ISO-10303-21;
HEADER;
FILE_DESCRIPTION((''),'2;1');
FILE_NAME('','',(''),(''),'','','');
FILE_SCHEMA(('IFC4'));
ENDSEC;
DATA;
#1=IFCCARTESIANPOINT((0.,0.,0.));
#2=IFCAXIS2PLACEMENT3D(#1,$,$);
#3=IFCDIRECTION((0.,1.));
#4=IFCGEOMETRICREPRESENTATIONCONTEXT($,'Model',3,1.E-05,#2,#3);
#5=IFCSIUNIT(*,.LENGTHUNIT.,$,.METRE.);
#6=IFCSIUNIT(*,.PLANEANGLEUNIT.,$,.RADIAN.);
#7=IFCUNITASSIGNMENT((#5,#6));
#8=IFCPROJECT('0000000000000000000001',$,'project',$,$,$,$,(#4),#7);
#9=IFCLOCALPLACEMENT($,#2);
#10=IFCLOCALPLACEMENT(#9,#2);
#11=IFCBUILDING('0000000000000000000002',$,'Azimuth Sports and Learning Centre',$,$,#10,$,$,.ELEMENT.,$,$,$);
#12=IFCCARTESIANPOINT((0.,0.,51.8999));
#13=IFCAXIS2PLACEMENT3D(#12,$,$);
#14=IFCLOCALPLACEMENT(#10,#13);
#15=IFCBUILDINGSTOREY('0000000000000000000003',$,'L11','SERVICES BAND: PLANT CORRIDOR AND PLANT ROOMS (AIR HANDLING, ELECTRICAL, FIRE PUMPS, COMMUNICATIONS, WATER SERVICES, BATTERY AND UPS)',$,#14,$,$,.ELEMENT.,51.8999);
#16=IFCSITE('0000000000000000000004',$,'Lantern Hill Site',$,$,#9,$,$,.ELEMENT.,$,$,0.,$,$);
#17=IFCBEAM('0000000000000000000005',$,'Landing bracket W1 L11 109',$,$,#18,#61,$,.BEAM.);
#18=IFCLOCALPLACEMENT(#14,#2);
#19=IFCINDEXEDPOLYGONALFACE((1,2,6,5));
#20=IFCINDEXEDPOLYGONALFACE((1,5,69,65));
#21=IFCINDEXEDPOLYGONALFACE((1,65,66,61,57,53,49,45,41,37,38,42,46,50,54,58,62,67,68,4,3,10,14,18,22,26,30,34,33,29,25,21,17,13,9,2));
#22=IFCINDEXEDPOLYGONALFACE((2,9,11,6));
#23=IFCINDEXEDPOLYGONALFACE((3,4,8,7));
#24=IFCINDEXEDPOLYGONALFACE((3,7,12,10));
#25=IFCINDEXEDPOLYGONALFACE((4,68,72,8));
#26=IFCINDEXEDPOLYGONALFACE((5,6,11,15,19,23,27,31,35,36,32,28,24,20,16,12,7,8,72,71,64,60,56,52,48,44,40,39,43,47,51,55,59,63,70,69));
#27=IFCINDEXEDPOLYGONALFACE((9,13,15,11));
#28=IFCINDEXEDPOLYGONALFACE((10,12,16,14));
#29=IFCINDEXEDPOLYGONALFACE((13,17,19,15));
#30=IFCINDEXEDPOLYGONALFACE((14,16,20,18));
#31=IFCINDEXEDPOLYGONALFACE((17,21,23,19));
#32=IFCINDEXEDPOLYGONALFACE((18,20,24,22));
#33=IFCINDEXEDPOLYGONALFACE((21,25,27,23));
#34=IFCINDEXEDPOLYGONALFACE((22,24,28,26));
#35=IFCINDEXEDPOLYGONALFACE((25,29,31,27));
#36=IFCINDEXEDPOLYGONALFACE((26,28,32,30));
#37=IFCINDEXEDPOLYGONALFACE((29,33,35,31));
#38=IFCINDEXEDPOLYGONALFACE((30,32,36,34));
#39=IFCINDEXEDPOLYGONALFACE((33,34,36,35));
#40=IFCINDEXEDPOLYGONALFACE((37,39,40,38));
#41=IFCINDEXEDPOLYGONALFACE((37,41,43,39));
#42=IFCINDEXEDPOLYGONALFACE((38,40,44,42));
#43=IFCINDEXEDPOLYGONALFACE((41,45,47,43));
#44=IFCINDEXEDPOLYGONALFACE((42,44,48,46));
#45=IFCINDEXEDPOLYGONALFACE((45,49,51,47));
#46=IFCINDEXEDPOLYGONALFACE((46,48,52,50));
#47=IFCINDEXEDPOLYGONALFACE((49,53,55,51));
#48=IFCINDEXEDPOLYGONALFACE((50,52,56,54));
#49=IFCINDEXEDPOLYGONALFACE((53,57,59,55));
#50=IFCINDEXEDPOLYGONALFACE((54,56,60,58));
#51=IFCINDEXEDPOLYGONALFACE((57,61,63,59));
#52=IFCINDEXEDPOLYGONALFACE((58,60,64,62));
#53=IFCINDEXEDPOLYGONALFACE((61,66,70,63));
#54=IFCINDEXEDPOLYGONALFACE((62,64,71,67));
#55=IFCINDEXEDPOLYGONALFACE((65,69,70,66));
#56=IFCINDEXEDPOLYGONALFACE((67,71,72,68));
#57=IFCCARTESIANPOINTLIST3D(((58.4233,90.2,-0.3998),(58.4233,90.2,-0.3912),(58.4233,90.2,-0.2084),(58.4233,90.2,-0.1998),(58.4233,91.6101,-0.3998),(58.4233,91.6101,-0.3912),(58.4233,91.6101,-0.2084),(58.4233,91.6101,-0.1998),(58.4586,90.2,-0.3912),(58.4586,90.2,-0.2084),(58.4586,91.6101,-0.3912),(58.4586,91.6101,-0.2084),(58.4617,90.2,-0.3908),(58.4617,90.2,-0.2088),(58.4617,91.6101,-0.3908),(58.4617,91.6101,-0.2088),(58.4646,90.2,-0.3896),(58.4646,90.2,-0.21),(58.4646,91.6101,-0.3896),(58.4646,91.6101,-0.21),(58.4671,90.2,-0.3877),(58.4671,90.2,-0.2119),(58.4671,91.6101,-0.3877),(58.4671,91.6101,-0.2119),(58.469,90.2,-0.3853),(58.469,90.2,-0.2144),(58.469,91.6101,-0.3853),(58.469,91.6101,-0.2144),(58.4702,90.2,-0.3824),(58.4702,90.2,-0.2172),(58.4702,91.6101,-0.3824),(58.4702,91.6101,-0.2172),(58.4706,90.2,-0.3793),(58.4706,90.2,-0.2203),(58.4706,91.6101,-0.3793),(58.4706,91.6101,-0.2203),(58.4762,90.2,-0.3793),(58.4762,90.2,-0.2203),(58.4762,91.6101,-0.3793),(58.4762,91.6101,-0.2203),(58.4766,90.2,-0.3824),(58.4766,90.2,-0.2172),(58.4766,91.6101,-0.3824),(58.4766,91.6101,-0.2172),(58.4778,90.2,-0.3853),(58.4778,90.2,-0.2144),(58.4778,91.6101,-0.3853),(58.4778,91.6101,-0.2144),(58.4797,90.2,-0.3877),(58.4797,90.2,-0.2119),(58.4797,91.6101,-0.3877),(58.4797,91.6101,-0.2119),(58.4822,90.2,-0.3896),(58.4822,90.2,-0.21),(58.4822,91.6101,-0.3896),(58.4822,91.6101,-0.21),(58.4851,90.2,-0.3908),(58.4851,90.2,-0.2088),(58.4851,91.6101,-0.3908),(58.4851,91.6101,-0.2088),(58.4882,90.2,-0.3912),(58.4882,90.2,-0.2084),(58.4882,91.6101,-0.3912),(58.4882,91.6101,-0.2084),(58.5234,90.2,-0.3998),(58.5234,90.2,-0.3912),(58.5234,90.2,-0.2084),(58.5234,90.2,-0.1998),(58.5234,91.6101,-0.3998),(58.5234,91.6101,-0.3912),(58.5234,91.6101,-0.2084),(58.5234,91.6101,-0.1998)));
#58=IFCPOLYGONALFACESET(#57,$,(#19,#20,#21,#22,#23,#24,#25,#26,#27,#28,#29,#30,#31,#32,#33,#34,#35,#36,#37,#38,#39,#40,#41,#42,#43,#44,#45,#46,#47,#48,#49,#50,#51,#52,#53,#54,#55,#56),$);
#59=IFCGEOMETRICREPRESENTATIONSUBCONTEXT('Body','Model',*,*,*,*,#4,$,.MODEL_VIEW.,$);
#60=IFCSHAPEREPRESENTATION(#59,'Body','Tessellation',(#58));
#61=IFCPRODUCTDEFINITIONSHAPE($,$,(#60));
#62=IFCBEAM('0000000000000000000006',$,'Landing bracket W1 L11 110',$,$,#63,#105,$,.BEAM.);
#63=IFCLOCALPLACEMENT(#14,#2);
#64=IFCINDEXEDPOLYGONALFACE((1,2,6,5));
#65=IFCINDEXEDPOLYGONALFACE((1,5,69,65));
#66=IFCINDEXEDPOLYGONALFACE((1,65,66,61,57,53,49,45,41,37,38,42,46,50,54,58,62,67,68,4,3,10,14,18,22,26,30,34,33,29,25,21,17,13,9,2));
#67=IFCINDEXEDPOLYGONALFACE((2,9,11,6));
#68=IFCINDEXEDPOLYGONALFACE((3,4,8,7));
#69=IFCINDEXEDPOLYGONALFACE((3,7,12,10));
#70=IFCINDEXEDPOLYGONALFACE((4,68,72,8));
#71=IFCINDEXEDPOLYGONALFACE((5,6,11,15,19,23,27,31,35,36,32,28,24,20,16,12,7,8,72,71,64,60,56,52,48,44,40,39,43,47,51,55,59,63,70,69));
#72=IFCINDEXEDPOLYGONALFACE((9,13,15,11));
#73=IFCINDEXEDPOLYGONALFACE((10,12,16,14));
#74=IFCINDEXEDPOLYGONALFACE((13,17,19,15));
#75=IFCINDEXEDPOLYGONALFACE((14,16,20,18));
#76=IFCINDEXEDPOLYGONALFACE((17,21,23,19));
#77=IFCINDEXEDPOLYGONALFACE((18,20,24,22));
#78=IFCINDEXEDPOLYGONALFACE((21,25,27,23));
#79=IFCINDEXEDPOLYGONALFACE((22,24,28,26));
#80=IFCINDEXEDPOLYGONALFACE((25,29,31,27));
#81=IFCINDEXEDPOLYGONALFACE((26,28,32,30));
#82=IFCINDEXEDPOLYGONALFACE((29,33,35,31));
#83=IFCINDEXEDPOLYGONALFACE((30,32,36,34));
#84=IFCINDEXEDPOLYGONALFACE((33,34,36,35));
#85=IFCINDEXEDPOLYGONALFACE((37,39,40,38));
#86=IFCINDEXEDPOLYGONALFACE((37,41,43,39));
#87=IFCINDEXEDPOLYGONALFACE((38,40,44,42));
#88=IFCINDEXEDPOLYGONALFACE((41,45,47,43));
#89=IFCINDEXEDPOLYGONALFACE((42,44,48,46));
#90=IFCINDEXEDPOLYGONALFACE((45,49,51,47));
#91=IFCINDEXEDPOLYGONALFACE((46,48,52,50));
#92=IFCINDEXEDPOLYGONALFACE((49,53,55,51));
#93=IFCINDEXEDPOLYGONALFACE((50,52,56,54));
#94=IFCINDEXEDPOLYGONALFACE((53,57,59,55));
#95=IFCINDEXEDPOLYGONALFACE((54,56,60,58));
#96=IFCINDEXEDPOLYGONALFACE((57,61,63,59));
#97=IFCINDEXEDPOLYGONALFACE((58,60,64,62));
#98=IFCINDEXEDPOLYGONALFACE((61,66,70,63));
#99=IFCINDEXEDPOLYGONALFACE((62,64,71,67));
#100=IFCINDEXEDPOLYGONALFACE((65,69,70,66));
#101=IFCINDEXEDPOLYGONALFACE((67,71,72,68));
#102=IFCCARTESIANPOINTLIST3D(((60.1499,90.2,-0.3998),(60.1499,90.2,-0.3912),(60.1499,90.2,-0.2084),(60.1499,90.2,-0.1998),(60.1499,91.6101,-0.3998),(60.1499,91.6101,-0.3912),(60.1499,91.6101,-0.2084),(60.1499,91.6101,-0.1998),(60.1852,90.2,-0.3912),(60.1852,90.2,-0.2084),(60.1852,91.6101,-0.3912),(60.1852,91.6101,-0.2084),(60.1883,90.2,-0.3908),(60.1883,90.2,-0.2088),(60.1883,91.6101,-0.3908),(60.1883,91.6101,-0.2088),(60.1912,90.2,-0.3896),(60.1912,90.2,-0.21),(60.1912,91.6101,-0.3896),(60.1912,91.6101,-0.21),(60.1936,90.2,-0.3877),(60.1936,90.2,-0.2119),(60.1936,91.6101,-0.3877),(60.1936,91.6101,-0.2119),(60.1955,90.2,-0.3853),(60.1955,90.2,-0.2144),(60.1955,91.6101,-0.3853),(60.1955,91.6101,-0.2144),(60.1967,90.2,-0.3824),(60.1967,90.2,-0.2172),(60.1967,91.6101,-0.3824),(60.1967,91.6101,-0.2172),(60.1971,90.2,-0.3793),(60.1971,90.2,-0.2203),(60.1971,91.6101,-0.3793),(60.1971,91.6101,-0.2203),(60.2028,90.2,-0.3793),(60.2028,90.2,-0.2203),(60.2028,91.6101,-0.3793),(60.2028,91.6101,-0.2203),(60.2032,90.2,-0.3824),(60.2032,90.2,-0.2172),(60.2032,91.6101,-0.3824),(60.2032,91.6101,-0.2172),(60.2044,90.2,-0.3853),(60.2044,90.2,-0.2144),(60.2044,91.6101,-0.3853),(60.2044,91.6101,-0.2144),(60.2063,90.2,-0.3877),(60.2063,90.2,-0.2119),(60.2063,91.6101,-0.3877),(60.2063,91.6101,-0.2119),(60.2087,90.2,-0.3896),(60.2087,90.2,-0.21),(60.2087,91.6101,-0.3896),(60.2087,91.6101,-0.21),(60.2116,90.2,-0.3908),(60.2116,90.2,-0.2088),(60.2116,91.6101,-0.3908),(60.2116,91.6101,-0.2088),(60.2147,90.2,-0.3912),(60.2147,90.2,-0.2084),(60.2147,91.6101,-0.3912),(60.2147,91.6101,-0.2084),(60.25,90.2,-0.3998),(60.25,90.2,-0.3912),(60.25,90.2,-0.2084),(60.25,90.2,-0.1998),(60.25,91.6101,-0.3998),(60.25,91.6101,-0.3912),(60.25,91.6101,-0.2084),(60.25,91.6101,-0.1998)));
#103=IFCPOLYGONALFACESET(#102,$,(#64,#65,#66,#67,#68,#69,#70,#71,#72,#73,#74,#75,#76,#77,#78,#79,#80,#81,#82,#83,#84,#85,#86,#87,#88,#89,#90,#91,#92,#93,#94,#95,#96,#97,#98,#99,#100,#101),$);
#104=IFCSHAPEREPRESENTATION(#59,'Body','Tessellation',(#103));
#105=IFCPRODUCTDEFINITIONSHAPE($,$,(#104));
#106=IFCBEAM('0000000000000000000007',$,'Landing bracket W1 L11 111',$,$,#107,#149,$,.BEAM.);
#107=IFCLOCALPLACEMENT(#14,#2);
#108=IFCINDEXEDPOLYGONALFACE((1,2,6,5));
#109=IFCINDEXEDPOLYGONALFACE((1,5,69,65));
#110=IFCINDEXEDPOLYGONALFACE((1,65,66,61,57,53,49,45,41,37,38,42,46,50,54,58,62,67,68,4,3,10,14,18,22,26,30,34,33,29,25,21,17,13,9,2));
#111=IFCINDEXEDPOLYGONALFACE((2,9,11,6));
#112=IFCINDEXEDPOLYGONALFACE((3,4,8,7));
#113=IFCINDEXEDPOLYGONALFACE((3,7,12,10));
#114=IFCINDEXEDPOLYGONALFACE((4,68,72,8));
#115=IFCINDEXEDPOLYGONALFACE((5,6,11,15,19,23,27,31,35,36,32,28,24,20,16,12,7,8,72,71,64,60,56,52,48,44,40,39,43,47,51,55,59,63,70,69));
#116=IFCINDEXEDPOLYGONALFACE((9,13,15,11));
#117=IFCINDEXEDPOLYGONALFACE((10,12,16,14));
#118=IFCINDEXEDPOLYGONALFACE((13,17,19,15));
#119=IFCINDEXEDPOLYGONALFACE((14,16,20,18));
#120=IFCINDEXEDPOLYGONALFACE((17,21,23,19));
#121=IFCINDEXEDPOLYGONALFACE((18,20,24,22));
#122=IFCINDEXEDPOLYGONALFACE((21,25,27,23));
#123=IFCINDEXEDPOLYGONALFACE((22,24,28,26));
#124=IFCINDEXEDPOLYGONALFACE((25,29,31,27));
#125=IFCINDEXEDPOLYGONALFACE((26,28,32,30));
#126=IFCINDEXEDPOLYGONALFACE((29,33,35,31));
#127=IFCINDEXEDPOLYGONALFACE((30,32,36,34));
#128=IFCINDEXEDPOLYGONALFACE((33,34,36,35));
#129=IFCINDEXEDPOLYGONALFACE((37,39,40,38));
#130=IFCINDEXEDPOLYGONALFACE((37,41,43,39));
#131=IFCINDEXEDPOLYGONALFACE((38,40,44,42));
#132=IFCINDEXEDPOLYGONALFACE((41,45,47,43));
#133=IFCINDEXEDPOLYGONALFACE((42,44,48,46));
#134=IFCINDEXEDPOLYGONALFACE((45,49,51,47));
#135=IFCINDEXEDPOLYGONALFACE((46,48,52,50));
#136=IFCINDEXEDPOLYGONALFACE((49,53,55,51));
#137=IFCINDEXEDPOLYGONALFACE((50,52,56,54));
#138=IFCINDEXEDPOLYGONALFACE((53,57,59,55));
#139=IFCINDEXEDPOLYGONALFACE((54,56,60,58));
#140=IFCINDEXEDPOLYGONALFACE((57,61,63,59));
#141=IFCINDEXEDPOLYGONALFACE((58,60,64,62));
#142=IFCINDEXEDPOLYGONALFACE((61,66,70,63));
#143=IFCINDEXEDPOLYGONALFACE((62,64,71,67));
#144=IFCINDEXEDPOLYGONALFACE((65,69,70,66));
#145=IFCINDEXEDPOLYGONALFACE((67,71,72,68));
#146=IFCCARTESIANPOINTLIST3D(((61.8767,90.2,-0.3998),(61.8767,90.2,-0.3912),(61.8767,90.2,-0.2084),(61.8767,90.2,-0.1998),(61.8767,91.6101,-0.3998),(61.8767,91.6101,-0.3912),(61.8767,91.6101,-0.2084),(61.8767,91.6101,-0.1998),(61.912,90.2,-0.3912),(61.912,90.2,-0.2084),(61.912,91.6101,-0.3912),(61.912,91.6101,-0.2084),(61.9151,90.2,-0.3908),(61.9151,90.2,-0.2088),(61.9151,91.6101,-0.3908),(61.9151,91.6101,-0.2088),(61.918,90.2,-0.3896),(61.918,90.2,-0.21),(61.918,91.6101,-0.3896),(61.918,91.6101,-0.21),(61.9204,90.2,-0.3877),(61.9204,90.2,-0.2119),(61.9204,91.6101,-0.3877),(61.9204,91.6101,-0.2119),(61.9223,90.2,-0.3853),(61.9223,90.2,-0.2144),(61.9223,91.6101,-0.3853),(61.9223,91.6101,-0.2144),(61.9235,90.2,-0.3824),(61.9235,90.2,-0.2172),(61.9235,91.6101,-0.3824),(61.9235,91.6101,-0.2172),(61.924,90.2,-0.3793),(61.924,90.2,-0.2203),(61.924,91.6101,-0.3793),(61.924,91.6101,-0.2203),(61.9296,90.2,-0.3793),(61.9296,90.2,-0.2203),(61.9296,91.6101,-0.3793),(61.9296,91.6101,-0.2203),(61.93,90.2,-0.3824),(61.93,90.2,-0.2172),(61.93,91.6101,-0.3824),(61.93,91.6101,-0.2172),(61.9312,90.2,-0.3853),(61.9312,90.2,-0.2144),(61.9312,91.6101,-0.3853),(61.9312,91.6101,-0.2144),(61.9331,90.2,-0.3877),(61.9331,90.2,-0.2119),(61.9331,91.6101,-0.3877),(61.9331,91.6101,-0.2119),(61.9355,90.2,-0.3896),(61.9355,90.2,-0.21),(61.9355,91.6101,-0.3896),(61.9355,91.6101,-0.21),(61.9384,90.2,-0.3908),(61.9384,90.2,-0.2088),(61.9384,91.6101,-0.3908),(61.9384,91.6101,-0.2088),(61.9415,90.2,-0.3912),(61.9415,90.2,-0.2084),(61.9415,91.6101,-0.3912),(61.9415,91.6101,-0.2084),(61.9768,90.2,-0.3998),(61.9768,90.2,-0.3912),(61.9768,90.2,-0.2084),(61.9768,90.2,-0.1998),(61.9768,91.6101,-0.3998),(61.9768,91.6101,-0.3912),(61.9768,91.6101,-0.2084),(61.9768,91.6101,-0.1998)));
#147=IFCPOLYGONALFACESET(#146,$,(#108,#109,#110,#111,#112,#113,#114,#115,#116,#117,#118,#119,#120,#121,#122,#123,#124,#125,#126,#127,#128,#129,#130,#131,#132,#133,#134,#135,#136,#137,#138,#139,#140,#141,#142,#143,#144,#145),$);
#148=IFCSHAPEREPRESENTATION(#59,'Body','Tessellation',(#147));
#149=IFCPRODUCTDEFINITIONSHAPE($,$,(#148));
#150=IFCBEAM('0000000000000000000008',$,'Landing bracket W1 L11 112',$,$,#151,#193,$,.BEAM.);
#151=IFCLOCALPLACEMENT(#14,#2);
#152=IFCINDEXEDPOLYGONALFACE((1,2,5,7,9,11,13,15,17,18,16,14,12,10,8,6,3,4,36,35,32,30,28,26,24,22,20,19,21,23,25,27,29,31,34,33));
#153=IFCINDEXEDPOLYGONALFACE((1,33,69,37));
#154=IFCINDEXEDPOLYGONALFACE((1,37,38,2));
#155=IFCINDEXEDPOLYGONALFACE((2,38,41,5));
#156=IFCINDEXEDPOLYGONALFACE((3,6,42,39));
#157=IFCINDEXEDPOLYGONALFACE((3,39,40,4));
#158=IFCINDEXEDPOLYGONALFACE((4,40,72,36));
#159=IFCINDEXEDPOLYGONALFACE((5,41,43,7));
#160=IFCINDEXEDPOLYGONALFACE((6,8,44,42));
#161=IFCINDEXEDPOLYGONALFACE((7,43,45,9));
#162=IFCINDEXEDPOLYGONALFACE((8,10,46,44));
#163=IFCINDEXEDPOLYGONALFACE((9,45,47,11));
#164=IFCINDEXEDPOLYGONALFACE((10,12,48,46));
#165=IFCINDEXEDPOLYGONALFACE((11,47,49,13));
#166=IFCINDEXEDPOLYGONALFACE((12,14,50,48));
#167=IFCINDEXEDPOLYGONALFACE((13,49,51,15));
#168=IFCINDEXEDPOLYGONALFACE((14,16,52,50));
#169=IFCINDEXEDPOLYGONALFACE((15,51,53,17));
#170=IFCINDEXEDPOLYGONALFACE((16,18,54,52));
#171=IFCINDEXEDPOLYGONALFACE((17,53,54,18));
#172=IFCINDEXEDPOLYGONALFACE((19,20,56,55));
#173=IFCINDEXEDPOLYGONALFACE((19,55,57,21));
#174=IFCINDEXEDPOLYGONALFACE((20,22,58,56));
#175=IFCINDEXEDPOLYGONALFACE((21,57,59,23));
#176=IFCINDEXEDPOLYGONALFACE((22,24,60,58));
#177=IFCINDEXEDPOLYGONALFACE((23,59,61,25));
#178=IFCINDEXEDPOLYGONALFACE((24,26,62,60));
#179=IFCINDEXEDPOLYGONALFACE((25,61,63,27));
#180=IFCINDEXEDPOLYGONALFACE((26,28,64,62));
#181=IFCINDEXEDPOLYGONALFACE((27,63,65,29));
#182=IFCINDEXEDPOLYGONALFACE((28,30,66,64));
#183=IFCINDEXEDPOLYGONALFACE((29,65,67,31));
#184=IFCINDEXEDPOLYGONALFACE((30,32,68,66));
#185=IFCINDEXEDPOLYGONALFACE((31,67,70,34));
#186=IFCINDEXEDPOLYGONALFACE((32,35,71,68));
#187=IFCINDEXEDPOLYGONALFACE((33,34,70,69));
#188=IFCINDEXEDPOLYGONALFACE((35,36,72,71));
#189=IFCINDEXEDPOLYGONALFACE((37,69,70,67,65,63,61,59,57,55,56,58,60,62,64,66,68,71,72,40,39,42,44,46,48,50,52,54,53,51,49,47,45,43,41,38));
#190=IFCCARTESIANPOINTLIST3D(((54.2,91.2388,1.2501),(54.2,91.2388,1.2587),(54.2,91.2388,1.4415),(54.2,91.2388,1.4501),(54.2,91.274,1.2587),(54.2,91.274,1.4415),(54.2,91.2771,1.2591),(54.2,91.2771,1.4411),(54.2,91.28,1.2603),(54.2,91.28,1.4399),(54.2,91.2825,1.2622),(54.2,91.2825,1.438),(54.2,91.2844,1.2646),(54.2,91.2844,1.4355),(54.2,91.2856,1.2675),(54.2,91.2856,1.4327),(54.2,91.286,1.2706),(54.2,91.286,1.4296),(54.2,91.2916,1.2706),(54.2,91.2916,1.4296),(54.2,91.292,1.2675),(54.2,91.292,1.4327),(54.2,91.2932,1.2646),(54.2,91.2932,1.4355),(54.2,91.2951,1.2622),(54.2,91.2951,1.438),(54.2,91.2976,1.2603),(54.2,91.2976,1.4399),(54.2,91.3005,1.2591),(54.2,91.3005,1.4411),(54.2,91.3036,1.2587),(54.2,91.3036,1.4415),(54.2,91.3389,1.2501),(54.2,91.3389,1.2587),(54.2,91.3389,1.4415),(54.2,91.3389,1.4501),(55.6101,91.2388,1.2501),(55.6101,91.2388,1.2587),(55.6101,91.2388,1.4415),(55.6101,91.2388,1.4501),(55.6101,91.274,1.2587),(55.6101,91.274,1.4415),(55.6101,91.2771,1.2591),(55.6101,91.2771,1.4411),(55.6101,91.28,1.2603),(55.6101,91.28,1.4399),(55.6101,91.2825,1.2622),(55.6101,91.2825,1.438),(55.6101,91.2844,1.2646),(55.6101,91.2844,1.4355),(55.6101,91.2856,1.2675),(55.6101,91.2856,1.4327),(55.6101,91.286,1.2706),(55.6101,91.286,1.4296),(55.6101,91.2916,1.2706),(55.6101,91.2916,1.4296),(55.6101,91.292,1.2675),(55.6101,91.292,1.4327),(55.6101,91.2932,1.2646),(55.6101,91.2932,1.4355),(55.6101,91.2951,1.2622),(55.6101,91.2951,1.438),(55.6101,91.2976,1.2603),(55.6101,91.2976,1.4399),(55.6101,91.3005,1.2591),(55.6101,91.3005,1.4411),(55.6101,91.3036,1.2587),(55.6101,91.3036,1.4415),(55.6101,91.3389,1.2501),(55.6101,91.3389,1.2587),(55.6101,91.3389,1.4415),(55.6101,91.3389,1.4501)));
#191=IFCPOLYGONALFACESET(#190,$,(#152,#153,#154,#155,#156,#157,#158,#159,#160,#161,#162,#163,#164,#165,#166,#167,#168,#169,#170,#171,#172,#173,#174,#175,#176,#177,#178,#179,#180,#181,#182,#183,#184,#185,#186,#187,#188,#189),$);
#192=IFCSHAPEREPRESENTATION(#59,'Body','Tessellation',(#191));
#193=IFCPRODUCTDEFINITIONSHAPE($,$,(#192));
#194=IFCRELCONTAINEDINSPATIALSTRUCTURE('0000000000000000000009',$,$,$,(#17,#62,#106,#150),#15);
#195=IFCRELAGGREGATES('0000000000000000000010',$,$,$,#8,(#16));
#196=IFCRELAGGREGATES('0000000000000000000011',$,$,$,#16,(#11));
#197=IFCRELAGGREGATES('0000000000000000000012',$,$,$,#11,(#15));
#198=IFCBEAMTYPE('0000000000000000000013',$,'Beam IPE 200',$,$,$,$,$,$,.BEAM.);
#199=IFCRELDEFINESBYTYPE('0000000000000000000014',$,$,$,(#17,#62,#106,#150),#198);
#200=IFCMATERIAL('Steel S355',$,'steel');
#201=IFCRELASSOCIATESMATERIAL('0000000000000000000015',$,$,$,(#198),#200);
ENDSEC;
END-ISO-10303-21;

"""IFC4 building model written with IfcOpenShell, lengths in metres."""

from ifc_helpers import new_model, si_unit, direction, frame, origin, origin_2d, place, context, subcontext, project, spatial, i_section, extrude, material, material_profile, profile_set, type_object, element, save


model = new_model("IFC4")

# Units and contexts
model_context = context("Model", 3, precision=1e-05, world=origin(), true_north=direction((0.0, 1.0)))
body_context = subcontext(model_context, "Body", "Model", "MODEL_VIEW")
ifc_project = project(units=[si_unit("LENGTHUNIT", "METRE"), si_unit("PLANEANGLEUNIT", "RADIAN")], contexts=[model_context])

# Site, building, storey
site_placement = place(None, origin())
site = spatial("IfcSite", under=ifc_project, at=site_placement, Name="Lantern Hill Site", CompositionType="ELEMENT", RefElevation=0.0)
building_placement = place(site_placement, origin())
building = spatial("IfcBuilding", under=site, at=building_placement, Name="Azimuth Sports and Learning Centre", CompositionType="ELEMENT")
storey_placement = place(building_placement, frame((0.0, 0.0, 51.8999)))
storey = spatial("IfcBuildingStorey", under=building, at=storey_placement, Name="L11", Description="SERVICES BAND: PLANT CORRIDOR AND PLANT ROOMS (AIR HANDLING, ELECTRICAL, FIRE PUMPS, COMMUNICATIONS, WATER SERVICES, BATTERY AND UPS)", CompositionType="ELEMENT", Elevation=51.8999)

# Beams
ifc_material_1 = material(Name="Steel S355", Category="steel")
ifc_material_profile = material_profile(ifc_material_1, i_section(OverallWidth=0.1001, OverallDepth=0.2, WebThickness=0.0056, FlangeThickness=0.0085, FilletRadius=0.012, at=origin_2d()), Name="IPE 200")
ifc_profile_set = profile_set([ifc_material_profile], Name="Steel S355")
beam_type = type_object("IfcBeamType", Name="Beam IPE 200", PredefinedType="BEAM", material=ifc_profile_set)
for number, where, z_axis, x_axis, name in (
    (1, (58.4734, 90.2, -0.2998), (0.0, 1.0, 0.0), (-1.0, 0.0, 0.0), "Landing bracket W1 L11 109"),
    (2, (60.2, 90.2, -0.2998), (0.0, 1.0, 0.0), (-1.0, 0.0, 0.0), "Landing bracket W1 L11 110"),
    (3, (61.9268, 90.2, -0.2998), (0.0, 1.0, 0.0), (-1.0, 0.0, 0.0), "Landing bracket W1 L11 111"),
    (4, (54.2, 91.2888, 1.3501), (1.0, 0.0, 0.0), (0.0, 1.0, 0.0), "Landing bracket W1 L11 112"),
):
    element("IfcBeam", number, at=place(storey_placement, frame(where, z_axis=z_axis, x_axis=x_axis)), inside=storey, type_object=beam_type, Name=name, PredefinedType="BEAM", context=body_context, shape_type="SweptSolid", body=[
        extrude(i_section(OverallWidth=0.1001, OverallDepth=0.2, WebThickness=0.0056, FlangeThickness=0.0085, FilletRadius=0.012, at=origin_2d()), origin(), (0.0, 0.0, 1.0), 1.4102),
    ])

save(model, "model.ifc")
